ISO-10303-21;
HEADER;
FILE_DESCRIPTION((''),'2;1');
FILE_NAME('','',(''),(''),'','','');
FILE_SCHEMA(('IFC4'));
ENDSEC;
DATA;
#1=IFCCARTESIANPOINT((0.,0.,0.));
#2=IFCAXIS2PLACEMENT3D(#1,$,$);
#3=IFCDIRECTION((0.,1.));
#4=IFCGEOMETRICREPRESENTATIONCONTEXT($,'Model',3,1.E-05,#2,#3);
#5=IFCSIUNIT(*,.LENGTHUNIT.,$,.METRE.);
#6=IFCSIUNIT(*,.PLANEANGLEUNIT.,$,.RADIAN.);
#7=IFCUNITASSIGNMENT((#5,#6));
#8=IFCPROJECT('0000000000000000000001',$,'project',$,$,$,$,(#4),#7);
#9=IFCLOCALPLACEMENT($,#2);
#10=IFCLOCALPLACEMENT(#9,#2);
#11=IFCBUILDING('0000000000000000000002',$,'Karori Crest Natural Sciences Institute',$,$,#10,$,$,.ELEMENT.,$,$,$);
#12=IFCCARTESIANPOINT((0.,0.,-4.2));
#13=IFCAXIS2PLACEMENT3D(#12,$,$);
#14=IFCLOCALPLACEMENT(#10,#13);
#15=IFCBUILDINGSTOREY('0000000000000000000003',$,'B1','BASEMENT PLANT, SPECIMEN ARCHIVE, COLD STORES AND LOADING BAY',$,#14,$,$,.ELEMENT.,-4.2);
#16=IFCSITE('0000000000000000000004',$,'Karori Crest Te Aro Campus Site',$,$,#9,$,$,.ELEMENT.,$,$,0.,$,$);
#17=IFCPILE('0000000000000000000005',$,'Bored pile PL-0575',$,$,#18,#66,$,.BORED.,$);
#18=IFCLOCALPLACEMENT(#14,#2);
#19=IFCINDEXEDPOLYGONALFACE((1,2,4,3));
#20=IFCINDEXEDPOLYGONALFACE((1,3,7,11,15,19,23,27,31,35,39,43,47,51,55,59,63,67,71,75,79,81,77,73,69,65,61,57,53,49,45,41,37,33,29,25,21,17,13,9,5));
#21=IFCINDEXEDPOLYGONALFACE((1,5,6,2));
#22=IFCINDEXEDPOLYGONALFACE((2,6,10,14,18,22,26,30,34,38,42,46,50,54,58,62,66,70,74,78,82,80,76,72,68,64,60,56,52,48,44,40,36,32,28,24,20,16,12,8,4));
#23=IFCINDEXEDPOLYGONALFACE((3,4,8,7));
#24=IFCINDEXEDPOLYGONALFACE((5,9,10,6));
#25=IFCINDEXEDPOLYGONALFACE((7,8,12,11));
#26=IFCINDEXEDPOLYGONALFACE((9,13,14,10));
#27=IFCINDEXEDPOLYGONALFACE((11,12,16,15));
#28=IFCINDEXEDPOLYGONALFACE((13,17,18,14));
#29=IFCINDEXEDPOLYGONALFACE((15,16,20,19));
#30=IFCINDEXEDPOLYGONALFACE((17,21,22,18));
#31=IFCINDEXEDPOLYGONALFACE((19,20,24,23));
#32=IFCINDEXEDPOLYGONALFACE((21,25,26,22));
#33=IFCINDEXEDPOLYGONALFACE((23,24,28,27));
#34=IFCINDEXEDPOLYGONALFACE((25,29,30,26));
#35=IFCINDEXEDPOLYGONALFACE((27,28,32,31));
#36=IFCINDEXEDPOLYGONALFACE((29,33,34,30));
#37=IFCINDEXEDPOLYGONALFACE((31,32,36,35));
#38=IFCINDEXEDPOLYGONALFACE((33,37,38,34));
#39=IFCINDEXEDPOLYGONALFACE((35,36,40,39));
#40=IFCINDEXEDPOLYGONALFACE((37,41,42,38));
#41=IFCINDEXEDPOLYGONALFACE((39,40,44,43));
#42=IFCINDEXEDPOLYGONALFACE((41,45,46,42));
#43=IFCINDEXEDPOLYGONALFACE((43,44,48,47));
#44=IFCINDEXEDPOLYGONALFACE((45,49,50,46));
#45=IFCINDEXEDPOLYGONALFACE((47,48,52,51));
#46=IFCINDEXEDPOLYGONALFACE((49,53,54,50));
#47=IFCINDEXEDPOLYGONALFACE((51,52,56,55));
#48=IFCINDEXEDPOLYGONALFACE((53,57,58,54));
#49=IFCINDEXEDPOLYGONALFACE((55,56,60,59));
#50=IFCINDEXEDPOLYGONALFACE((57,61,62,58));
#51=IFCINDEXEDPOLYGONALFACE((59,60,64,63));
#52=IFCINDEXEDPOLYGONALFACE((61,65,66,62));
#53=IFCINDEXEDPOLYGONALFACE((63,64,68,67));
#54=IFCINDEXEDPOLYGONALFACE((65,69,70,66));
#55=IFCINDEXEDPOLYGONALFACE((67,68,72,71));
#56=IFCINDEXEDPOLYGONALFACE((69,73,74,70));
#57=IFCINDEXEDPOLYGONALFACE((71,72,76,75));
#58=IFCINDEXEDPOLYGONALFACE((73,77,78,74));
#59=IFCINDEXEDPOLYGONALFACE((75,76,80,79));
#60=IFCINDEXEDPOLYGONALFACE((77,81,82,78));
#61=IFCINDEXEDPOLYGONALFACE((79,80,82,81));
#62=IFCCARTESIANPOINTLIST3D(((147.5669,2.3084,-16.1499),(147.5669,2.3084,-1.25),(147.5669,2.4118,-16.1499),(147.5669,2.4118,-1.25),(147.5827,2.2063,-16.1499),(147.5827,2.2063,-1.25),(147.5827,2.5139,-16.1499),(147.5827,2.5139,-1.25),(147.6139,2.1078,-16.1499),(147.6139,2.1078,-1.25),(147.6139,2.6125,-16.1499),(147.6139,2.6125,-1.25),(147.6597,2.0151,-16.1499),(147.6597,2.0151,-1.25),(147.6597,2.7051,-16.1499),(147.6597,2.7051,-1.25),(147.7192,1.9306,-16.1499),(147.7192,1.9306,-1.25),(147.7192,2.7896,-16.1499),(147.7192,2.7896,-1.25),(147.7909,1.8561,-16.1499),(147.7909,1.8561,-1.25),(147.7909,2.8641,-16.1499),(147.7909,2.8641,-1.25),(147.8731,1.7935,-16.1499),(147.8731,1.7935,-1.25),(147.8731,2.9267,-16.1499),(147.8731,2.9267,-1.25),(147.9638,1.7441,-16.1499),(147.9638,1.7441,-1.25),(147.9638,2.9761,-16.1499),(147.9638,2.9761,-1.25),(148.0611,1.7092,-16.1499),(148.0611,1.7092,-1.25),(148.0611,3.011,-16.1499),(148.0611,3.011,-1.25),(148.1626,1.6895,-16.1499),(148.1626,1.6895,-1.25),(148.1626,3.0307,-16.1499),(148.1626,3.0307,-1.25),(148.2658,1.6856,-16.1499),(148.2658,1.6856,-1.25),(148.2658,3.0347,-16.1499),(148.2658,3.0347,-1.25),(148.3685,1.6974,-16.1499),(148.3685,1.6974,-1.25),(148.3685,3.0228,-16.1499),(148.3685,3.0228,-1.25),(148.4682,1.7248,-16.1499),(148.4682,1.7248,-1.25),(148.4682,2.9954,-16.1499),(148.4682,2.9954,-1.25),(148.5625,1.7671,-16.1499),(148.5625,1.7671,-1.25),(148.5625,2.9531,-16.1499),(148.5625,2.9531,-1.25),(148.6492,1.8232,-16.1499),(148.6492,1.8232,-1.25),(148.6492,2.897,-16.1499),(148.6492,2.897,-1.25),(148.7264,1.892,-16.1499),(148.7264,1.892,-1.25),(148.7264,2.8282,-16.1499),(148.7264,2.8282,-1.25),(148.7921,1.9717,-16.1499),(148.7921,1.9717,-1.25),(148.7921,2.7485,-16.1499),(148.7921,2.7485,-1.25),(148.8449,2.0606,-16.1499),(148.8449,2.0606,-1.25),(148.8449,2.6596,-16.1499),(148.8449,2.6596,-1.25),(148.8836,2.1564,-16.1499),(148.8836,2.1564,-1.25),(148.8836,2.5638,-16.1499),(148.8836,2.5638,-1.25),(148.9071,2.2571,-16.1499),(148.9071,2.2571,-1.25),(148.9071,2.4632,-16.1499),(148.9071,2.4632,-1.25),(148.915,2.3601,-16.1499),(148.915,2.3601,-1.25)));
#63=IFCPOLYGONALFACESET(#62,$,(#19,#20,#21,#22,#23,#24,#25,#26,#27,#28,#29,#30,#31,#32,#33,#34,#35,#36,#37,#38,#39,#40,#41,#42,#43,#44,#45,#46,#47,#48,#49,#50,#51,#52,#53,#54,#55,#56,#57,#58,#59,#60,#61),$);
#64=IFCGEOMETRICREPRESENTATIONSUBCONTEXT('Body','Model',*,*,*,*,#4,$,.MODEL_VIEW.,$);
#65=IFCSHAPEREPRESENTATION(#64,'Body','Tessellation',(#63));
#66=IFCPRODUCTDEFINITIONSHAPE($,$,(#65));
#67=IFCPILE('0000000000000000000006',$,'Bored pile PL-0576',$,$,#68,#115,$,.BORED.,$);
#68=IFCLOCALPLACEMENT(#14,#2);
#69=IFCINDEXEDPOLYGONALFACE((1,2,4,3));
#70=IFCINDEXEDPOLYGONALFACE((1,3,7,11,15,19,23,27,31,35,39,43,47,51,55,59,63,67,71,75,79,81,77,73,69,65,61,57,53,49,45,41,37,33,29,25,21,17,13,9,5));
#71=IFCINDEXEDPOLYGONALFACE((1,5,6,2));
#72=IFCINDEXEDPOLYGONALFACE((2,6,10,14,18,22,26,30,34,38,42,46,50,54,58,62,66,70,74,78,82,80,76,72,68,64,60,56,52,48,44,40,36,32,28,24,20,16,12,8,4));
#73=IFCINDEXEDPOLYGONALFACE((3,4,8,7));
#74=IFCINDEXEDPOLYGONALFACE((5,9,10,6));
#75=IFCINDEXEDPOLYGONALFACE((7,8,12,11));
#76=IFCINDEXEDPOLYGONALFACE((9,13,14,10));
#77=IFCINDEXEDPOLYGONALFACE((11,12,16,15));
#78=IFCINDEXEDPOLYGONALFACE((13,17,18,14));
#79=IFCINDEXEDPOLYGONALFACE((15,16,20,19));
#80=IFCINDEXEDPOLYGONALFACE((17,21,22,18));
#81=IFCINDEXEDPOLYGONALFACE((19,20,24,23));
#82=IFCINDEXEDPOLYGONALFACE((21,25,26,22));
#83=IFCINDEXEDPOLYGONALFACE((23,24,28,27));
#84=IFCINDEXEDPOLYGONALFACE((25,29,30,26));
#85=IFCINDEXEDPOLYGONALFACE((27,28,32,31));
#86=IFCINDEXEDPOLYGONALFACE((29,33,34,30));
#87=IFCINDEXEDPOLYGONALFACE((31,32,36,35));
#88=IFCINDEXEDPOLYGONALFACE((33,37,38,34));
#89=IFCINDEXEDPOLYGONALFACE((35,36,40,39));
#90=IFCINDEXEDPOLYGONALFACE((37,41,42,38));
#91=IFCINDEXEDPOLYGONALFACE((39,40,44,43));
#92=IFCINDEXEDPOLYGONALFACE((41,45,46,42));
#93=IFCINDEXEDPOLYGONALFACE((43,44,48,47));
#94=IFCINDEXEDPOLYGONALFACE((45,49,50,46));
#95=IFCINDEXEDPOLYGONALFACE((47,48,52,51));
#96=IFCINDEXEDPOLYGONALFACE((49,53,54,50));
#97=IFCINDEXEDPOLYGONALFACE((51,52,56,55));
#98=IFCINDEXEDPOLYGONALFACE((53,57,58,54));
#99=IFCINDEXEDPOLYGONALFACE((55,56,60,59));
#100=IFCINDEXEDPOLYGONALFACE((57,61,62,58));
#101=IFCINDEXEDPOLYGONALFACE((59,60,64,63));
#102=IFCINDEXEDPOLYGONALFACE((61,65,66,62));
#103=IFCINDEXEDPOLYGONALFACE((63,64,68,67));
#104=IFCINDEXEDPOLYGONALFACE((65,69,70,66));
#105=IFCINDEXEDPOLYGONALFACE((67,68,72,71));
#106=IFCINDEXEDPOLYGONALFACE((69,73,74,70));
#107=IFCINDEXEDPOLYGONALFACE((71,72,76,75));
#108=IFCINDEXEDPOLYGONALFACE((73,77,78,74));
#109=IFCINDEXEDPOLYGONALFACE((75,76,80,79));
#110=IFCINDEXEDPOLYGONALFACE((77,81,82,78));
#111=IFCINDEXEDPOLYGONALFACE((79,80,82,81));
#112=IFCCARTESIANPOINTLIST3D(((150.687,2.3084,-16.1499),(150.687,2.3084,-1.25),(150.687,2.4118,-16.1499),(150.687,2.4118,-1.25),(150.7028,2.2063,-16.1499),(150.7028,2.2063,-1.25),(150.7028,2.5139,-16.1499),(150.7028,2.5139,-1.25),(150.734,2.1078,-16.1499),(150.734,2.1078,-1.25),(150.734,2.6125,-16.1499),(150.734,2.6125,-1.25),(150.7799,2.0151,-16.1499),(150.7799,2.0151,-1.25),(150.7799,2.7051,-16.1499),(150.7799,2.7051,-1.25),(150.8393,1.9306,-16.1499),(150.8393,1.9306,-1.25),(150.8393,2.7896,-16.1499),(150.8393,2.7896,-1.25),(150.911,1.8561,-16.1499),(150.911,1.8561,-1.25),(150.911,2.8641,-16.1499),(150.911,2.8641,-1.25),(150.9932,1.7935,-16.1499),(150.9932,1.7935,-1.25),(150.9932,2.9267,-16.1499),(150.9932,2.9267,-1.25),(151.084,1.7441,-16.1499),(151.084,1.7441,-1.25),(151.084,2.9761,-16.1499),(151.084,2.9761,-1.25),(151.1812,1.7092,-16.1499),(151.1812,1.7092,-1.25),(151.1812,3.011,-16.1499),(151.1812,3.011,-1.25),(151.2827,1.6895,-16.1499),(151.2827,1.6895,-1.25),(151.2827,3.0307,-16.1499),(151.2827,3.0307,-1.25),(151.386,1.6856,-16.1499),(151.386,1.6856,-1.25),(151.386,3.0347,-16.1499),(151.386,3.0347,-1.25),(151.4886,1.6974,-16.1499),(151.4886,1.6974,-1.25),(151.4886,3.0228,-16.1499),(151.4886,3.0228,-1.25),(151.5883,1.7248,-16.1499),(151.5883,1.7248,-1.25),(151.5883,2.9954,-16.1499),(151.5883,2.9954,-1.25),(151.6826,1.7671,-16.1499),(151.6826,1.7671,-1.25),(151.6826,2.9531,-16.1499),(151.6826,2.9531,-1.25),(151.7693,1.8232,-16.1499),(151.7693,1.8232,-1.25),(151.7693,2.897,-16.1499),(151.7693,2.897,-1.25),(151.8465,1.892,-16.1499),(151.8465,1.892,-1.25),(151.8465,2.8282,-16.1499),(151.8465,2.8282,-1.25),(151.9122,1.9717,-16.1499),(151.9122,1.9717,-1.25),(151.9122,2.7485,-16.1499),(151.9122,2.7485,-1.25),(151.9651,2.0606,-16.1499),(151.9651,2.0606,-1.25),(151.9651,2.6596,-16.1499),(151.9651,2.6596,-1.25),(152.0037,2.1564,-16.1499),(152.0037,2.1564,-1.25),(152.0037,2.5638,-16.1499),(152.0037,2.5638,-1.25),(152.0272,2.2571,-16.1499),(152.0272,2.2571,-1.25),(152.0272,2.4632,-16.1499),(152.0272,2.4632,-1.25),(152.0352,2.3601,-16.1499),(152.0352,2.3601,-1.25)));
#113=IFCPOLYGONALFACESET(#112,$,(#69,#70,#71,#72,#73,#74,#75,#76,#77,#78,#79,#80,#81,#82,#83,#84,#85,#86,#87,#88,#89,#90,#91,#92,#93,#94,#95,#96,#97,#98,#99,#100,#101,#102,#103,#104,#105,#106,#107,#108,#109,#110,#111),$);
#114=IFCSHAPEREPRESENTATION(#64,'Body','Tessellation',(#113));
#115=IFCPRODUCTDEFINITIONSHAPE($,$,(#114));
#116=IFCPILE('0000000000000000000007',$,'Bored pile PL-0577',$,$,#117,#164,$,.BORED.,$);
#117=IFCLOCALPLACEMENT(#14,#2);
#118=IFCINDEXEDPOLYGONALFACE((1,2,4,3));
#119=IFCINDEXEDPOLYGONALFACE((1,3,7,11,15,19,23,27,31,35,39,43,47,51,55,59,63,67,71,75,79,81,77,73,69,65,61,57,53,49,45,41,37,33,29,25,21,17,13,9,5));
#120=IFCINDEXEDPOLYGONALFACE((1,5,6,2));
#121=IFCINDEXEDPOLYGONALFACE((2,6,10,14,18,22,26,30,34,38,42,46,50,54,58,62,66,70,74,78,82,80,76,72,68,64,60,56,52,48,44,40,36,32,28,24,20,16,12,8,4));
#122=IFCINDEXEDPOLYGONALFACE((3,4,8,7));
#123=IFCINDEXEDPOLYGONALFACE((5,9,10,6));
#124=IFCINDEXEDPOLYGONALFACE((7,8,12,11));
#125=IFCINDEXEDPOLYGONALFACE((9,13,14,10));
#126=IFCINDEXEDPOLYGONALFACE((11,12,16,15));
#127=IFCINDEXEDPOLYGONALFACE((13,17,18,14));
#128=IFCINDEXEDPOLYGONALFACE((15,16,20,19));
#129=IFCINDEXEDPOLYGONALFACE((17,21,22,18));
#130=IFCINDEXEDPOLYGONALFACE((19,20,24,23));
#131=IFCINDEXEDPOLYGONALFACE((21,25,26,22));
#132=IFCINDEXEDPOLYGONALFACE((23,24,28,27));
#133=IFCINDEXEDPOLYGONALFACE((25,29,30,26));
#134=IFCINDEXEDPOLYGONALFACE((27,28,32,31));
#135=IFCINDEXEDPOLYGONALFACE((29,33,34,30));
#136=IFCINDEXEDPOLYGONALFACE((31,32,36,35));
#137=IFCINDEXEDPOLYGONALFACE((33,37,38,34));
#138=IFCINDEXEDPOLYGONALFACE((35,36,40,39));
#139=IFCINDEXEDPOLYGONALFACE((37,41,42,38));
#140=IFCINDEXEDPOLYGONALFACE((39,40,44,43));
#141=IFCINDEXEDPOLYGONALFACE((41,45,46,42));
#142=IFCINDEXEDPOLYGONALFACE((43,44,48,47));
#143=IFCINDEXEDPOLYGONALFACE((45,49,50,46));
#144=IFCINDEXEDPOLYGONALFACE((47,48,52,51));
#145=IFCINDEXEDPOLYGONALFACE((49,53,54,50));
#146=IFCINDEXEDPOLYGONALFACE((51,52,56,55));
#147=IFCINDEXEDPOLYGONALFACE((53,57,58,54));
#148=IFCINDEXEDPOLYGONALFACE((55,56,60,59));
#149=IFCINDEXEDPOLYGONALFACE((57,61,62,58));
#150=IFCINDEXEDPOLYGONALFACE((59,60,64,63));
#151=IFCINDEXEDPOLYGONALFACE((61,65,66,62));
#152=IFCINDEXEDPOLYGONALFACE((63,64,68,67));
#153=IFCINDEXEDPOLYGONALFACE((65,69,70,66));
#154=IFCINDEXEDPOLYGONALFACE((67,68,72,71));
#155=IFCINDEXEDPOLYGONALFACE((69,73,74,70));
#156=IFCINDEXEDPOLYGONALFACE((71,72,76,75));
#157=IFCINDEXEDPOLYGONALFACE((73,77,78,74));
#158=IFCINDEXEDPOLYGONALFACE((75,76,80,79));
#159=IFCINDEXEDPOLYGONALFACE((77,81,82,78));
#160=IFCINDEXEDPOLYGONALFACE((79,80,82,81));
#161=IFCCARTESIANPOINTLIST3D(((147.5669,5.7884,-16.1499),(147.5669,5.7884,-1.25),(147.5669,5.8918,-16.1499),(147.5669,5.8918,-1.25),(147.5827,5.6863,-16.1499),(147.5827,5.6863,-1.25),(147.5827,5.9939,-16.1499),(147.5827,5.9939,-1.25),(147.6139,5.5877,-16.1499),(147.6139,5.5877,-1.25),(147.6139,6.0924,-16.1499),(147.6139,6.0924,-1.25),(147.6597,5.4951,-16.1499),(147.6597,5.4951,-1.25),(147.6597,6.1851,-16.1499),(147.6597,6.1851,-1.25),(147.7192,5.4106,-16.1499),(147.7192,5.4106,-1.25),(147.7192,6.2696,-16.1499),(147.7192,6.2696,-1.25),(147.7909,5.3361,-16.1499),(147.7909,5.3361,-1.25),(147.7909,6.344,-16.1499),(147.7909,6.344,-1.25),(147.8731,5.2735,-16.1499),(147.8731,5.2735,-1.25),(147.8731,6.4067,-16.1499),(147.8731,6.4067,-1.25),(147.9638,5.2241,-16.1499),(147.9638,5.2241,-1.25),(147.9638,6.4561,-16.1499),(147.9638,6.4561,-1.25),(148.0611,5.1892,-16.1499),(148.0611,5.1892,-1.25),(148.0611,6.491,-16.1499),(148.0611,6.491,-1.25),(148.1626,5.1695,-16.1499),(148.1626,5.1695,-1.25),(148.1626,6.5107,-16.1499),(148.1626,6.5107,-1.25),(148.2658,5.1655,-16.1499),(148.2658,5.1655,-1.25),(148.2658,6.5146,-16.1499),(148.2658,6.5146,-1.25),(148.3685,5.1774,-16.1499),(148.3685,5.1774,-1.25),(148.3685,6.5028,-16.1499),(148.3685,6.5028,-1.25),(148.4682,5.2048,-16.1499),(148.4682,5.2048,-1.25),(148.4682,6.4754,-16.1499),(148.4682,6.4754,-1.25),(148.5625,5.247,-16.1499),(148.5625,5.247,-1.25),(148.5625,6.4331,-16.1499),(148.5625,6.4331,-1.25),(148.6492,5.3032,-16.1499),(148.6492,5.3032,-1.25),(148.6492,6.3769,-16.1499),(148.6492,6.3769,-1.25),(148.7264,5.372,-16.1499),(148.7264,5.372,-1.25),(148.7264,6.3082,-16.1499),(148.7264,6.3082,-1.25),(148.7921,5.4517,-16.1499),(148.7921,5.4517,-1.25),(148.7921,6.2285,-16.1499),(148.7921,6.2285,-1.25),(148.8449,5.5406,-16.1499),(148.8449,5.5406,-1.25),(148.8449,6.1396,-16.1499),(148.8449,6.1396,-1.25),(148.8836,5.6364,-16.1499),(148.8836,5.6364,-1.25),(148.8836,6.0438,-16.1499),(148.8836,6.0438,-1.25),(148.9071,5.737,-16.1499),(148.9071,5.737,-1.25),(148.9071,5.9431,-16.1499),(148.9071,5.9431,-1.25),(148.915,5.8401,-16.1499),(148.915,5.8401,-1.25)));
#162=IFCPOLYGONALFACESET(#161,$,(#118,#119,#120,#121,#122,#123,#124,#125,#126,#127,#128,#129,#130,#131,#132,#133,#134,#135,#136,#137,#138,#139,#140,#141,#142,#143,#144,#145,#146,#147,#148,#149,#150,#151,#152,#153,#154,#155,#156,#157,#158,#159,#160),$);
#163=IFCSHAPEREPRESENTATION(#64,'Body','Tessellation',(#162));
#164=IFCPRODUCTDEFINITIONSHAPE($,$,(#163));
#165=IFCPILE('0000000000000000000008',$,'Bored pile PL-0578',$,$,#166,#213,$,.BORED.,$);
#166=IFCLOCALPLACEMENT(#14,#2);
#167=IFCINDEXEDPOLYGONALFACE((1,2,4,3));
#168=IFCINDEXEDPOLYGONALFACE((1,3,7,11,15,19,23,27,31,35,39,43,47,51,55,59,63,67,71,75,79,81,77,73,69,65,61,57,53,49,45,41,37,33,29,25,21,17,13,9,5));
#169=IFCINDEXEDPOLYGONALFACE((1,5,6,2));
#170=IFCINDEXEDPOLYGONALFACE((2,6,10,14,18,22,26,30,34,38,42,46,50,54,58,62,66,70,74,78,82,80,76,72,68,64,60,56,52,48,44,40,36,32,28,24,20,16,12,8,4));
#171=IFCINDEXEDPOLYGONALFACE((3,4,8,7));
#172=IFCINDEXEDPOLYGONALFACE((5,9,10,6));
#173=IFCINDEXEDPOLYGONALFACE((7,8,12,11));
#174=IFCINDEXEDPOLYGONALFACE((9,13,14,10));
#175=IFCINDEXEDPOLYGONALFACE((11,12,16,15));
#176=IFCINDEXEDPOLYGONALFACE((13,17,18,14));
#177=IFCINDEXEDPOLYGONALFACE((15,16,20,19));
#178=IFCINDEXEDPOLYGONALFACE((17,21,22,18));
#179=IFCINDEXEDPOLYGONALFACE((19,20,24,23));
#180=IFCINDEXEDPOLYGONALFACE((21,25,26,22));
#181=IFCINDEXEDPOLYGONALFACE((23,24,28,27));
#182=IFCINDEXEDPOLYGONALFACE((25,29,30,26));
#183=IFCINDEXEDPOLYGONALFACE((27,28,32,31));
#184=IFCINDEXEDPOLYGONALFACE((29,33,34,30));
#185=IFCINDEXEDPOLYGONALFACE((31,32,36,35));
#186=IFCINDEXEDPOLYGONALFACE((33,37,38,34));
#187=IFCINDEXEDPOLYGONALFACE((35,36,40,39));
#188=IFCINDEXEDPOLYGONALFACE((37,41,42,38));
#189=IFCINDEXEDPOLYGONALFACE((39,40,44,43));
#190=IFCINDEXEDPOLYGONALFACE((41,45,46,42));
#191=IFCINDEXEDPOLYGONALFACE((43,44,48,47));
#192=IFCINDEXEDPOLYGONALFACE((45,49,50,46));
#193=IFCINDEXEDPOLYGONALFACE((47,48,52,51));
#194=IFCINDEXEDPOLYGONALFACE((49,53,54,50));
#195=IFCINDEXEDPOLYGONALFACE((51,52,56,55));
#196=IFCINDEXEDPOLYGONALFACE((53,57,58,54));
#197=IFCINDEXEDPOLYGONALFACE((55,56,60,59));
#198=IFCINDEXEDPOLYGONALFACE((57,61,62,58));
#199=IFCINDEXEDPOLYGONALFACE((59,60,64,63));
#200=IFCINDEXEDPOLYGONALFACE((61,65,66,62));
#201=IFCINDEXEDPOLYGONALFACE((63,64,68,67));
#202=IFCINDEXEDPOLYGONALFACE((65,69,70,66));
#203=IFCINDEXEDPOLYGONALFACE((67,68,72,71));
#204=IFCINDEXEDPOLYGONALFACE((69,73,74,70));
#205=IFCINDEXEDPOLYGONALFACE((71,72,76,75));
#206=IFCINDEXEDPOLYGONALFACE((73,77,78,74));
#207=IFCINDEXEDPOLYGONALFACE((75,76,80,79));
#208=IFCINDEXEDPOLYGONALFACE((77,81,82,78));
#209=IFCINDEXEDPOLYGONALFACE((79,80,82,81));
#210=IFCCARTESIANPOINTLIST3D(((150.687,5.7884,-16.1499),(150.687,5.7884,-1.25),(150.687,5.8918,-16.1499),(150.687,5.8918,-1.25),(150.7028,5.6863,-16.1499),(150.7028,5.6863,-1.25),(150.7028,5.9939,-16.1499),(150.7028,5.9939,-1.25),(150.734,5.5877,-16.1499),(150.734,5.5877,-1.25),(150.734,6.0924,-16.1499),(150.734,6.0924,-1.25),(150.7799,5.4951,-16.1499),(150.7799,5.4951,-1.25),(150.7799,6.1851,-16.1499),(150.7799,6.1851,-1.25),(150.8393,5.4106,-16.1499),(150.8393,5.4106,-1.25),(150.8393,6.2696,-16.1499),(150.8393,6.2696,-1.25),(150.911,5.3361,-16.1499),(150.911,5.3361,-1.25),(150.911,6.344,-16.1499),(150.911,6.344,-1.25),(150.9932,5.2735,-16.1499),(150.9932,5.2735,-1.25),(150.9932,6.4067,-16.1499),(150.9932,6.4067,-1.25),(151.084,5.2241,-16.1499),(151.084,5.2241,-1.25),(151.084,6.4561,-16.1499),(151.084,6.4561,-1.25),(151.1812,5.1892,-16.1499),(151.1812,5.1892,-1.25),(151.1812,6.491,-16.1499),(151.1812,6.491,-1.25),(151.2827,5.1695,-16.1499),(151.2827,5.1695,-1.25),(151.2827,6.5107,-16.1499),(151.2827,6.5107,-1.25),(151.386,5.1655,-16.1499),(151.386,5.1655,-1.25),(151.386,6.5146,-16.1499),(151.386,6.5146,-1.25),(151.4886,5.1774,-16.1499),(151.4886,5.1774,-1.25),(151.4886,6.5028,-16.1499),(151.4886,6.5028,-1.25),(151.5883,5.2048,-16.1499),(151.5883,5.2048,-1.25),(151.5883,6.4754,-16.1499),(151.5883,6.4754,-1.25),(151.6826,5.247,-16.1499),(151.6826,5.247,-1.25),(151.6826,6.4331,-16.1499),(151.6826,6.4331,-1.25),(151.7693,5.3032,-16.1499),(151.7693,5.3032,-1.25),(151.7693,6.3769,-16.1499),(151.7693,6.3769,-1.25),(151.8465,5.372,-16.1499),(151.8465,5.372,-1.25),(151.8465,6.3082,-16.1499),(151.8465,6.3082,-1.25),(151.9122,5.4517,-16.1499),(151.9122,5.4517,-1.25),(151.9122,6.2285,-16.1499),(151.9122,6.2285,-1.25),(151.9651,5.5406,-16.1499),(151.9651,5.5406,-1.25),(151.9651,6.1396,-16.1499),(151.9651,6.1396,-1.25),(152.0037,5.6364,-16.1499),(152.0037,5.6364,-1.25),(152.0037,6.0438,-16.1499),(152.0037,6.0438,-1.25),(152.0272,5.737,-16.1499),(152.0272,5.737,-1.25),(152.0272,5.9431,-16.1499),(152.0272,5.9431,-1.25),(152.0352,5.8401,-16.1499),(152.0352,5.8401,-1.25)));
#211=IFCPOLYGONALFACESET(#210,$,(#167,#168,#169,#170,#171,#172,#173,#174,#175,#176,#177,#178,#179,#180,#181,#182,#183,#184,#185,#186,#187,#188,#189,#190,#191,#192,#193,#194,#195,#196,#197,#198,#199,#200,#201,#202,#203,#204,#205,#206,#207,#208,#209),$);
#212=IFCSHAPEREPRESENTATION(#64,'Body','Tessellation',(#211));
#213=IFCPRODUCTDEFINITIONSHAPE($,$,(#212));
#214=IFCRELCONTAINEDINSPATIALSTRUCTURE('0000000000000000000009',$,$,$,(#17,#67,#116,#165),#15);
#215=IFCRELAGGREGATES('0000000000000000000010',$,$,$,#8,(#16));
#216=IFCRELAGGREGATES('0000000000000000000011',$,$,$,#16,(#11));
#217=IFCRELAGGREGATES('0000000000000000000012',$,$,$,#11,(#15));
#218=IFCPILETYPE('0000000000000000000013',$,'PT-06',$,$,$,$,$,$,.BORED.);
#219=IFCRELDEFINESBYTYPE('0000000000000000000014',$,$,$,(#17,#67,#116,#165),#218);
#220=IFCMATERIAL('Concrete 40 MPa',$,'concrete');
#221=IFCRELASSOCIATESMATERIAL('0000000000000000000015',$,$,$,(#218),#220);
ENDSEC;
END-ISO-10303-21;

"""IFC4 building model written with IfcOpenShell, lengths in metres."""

from ifc_helpers import new_model, si_unit, direction, frame, origin, origin_2d, place, context, subcontext, project, spatial, circle, extrude, material, material_profile, profile_set, type_object, element, save


model = new_model("IFC4")

# Units and contexts
model_context = context("Model", 3, precision=1e-05, world=origin(), true_north=direction((0.0, 1.0)))
body_context = subcontext(model_context, "Body", "Model", "MODEL_VIEW")
ifc_project = project(units=[si_unit("LENGTHUNIT", "METRE"), si_unit("PLANEANGLEUNIT", "RADIAN")], contexts=[model_context])

# Site, building, storey
site_placement = place(None, origin())
site = spatial("IfcSite", under=ifc_project, at=site_placement, Name="Karori Crest Te Aro Campus Site", CompositionType="ELEMENT", RefElevation=0.0)
building_placement = place(site_placement, origin())
building = spatial("IfcBuilding", under=site, at=building_placement, Name="Karori Crest Natural Sciences Institute", CompositionType="ELEMENT")
storey_placement = place(building_placement, frame((0.0, 0.0, -4.2)))
storey = spatial("IfcBuildingStorey", under=building, at=storey_placement, Name="B1", Description="BASEMENT PLANT, SPECIMEN ARCHIVE, COLD STORES AND LOADING BAY", CompositionType="ELEMENT", Elevation=-4.2)

# Shared definitions
ifc_material_1 = material(Name="Concrete 40 MPa", Category="concrete")

# Piles
ifc_material_profile_1 = material_profile(ifc_material_1, circle(Radius=0.675, at=origin_2d()), Name="PILE1350")
ifc_profile_set_1 = profile_set([ifc_material_profile_1], Name="Concrete 40 MPa")
pile_type = type_object("IfcPileType", Name="PT-06", PredefinedType="BORED", material=ifc_profile_set_1)
for number, where, z_axis, x_axis, name in (
    (1, (148.24, 2.3601, -1.25), (0.0, 0.0, -1.0), (1.0, 0.0, 0.0), "Bored pile PL-0575"),
    (2, (151.3601, 2.3601, -1.25), (0.0, 0.0, -1.0), (1.0, 0.0, 0.0), "Bored pile PL-0576"),
    (3, (148.24, 5.8401, -1.25), (0.0, 0.0, -1.0), (1.0, 0.0, 0.0), "Bored pile PL-0577"),
    (4, (151.3601, 5.8401, -1.25), (0.0, 0.0, -1.0), (1.0, 0.0, 0.0), "Bored pile PL-0578"),
):
    element("IfcPile", number, at=place(storey_placement, frame(where, z_axis=z_axis, x_axis=x_axis)), inside=storey, type_object=pile_type, Name=name, PredefinedType="BORED", context=body_context, shape_type="SweptSolid", body=[
        extrude(circle(Radius=0.675, at=origin_2d()), origin(), (0.0, 0.0, 1.0), 14.8999),
    ])

save(model, "model.ifc")
